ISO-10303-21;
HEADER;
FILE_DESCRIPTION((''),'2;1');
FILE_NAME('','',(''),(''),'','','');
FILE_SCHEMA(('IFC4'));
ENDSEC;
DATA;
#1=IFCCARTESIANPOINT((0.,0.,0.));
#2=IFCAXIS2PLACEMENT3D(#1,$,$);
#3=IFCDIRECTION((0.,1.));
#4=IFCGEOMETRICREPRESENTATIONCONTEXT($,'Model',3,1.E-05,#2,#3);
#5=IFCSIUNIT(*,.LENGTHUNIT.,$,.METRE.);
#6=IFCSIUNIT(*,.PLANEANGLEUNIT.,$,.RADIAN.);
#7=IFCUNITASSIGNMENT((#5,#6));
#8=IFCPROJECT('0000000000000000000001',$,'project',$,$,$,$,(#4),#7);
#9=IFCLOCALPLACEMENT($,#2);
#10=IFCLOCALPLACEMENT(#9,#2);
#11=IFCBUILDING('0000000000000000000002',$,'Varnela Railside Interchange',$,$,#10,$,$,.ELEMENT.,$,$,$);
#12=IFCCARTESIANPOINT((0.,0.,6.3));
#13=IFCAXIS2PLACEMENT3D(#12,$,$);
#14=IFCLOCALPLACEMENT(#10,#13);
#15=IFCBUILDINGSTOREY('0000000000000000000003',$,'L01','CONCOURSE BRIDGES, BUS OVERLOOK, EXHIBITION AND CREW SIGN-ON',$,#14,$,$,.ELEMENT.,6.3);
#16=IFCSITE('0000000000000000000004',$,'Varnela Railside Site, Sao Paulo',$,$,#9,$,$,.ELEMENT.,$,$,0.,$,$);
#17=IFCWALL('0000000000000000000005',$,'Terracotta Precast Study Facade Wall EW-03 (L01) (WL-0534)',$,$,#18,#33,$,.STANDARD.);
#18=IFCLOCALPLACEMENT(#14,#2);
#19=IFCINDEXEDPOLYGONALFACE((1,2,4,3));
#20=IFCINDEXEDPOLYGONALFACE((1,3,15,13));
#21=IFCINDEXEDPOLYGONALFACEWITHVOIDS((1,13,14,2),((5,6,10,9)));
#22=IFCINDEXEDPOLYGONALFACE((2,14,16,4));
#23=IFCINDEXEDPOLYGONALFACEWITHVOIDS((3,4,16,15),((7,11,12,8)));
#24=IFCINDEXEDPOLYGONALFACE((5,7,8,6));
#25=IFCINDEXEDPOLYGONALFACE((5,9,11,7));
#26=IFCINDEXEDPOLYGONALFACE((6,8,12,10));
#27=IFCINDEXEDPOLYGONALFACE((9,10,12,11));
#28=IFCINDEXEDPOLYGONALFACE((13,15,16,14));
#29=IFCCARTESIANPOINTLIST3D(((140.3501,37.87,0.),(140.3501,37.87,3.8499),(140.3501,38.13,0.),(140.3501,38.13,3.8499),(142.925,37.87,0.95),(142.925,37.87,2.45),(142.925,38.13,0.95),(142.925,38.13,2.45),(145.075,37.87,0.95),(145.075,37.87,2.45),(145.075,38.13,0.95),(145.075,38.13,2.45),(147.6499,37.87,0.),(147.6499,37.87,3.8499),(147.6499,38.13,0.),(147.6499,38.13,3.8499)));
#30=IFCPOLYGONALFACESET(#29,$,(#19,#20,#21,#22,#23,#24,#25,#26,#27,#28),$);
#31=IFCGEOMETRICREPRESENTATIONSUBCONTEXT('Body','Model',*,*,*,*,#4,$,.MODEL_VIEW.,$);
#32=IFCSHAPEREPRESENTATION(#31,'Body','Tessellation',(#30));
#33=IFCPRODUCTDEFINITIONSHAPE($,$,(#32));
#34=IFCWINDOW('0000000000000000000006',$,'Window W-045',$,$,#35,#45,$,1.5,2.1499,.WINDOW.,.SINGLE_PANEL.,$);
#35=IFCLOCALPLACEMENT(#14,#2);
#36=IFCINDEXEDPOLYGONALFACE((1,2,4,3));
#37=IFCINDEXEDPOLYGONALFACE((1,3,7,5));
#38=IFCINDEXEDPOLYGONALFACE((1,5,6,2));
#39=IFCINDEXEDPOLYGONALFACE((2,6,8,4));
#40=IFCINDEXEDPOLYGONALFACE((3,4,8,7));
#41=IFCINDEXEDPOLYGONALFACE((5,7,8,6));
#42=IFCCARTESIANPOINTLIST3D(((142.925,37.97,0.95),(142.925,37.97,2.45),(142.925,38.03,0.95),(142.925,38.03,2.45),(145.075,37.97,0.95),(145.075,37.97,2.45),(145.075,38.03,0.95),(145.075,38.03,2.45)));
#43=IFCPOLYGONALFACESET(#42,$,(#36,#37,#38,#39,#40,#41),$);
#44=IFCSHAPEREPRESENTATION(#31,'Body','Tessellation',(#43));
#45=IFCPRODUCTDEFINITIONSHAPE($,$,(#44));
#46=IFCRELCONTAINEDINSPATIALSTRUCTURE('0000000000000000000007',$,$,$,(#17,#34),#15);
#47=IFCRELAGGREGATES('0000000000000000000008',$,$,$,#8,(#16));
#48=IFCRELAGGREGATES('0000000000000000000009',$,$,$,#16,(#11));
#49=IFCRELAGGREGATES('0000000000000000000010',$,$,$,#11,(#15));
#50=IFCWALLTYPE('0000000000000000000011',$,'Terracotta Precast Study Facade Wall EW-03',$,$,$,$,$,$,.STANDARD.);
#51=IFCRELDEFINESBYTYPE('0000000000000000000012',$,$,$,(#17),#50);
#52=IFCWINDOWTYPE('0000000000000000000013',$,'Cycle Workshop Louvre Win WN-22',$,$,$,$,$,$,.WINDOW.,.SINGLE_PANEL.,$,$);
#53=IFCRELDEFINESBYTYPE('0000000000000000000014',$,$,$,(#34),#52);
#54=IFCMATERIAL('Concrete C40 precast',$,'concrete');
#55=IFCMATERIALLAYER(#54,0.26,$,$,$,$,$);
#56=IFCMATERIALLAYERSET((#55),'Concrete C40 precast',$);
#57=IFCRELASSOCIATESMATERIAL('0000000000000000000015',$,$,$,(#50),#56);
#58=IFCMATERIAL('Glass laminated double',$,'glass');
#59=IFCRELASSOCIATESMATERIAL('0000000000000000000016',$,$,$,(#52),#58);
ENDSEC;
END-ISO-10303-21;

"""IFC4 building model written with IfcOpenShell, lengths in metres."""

from ifc_helpers import new_model, si_unit, direction, frame, frame_2d, origin, place, context, subcontext, project, spatial, rectangle, extrude, material, layer, layer_set, type_object, element, fill, save


model = new_model("IFC4")

# Units and contexts
model_context = context("Model", 3, precision=1e-05, world=origin(), true_north=direction((0.0, 1.0)))
body_context = subcontext(model_context, "Body", "Model", "MODEL_VIEW")
ifc_project = project(units=[si_unit("LENGTHUNIT", "METRE"), si_unit("PLANEANGLEUNIT", "RADIAN")], contexts=[model_context])

# Site, building, storey
site_placement = place(None, origin())
site = spatial("IfcSite", under=ifc_project, at=site_placement, Name="Varnela Railside Site, Sao Paulo", CompositionType="ELEMENT", RefElevation=0.0)
building_placement = place(site_placement, origin())
building = spatial("IfcBuilding", under=site, at=building_placement, Name="Varnela Railside Interchange", CompositionType="ELEMENT")
storey_placement = place(building_placement, frame((0.0, 0.0, 6.3)))
storey = spatial("IfcBuildingStorey", under=building, at=storey_placement, Name="L01", Description="CONCOURSE BRIDGES, BUS OVERLOOK, EXHIBITION AND CREW SIGN-ON", CompositionType="ELEMENT", Elevation=6.3)

# Shared definitions
ifc_material_1 = material(Name="Concrete C40 precast", Category="concrete")

# Shared definitions
ifc_material_2 = material(Name="Glass laminated double", Category="glass")

# Wall, opening, window
ifc_layer_1 = layer(ifc_material_1, 0.26)
ifc_layer_set_1 = layer_set([ifc_layer_1], Name="Concrete C40 precast")
wall_type = type_object("IfcWallType", Name="Terracotta Precast Study Facade Wall EW-03", PredefinedType="STANDARD", material=ifc_layer_set_1)
wall_placement = place(storey_placement, frame((147.6499, 38.0, 0.0), z_axis=(0.0, 0.0, 1.0), x_axis=(-1.0, 0.0, 0.0)))
wall = element("IfcWall", 1, at=wall_placement, inside=storey, type_object=wall_type, Name="Terracotta Precast Study Facade Wall EW-03 (L01) (WL-0534)", PredefinedType="STANDARD", context=body_context, shape_type="SweptSolid", body=[
    extrude(rectangle(XDim=7.2998, YDim=0.26, at=frame_2d((3.6499, 0.0))), origin(), (0.0, 0.0, 1.0), 3.8499),
])
opening_placement = place(wall_placement, frame((2.575, 0.0, 0.95)))
opening = element("IfcOpeningElement", 2, at=opening_placement, cuts=wall, PredefinedType="OPENING", context=body_context, shape_type="SweptSolid", body=[
    extrude(rectangle(XDim=2.1499, YDim=1.5, at=frame_2d((1.075, 0.75))), frame((0.0, 0.1399, 0.0), z_axis=(0.0, -1.0, 0.0), x_axis=(1.0, 0.0, 0.0)), (0.0, 0.0, 1.0), 0.28),
])
window_type = type_object("IfcWindowType", Name="Cycle Workshop Louvre Win WN-22", PartitioningType="SINGLE_PANEL", PredefinedType="WINDOW", material=ifc_material_2)
window_placement = place(opening_placement, origin())
window = element("IfcWindow", 3, at=window_placement, inside=storey, type_object=window_type, Name="Window W-045", OverallHeight=1.5, OverallWidth=2.1499, PartitioningType="SINGLE_PANEL", PredefinedType="WINDOW", context=body_context, shape_type="SweptSolid", body=[
    extrude(rectangle(XDim=2.1499, YDim=1.5, at=frame_2d((1.075, 0.75))), frame((0.0, 0.03, 0.0), z_axis=(0.0, -1.0, 0.0), x_axis=(1.0, 0.0, 0.0)), (0.0, 0.0, 1.0), 0.0601),
])
fill(opening, window)

save(model, "model.ifc")
